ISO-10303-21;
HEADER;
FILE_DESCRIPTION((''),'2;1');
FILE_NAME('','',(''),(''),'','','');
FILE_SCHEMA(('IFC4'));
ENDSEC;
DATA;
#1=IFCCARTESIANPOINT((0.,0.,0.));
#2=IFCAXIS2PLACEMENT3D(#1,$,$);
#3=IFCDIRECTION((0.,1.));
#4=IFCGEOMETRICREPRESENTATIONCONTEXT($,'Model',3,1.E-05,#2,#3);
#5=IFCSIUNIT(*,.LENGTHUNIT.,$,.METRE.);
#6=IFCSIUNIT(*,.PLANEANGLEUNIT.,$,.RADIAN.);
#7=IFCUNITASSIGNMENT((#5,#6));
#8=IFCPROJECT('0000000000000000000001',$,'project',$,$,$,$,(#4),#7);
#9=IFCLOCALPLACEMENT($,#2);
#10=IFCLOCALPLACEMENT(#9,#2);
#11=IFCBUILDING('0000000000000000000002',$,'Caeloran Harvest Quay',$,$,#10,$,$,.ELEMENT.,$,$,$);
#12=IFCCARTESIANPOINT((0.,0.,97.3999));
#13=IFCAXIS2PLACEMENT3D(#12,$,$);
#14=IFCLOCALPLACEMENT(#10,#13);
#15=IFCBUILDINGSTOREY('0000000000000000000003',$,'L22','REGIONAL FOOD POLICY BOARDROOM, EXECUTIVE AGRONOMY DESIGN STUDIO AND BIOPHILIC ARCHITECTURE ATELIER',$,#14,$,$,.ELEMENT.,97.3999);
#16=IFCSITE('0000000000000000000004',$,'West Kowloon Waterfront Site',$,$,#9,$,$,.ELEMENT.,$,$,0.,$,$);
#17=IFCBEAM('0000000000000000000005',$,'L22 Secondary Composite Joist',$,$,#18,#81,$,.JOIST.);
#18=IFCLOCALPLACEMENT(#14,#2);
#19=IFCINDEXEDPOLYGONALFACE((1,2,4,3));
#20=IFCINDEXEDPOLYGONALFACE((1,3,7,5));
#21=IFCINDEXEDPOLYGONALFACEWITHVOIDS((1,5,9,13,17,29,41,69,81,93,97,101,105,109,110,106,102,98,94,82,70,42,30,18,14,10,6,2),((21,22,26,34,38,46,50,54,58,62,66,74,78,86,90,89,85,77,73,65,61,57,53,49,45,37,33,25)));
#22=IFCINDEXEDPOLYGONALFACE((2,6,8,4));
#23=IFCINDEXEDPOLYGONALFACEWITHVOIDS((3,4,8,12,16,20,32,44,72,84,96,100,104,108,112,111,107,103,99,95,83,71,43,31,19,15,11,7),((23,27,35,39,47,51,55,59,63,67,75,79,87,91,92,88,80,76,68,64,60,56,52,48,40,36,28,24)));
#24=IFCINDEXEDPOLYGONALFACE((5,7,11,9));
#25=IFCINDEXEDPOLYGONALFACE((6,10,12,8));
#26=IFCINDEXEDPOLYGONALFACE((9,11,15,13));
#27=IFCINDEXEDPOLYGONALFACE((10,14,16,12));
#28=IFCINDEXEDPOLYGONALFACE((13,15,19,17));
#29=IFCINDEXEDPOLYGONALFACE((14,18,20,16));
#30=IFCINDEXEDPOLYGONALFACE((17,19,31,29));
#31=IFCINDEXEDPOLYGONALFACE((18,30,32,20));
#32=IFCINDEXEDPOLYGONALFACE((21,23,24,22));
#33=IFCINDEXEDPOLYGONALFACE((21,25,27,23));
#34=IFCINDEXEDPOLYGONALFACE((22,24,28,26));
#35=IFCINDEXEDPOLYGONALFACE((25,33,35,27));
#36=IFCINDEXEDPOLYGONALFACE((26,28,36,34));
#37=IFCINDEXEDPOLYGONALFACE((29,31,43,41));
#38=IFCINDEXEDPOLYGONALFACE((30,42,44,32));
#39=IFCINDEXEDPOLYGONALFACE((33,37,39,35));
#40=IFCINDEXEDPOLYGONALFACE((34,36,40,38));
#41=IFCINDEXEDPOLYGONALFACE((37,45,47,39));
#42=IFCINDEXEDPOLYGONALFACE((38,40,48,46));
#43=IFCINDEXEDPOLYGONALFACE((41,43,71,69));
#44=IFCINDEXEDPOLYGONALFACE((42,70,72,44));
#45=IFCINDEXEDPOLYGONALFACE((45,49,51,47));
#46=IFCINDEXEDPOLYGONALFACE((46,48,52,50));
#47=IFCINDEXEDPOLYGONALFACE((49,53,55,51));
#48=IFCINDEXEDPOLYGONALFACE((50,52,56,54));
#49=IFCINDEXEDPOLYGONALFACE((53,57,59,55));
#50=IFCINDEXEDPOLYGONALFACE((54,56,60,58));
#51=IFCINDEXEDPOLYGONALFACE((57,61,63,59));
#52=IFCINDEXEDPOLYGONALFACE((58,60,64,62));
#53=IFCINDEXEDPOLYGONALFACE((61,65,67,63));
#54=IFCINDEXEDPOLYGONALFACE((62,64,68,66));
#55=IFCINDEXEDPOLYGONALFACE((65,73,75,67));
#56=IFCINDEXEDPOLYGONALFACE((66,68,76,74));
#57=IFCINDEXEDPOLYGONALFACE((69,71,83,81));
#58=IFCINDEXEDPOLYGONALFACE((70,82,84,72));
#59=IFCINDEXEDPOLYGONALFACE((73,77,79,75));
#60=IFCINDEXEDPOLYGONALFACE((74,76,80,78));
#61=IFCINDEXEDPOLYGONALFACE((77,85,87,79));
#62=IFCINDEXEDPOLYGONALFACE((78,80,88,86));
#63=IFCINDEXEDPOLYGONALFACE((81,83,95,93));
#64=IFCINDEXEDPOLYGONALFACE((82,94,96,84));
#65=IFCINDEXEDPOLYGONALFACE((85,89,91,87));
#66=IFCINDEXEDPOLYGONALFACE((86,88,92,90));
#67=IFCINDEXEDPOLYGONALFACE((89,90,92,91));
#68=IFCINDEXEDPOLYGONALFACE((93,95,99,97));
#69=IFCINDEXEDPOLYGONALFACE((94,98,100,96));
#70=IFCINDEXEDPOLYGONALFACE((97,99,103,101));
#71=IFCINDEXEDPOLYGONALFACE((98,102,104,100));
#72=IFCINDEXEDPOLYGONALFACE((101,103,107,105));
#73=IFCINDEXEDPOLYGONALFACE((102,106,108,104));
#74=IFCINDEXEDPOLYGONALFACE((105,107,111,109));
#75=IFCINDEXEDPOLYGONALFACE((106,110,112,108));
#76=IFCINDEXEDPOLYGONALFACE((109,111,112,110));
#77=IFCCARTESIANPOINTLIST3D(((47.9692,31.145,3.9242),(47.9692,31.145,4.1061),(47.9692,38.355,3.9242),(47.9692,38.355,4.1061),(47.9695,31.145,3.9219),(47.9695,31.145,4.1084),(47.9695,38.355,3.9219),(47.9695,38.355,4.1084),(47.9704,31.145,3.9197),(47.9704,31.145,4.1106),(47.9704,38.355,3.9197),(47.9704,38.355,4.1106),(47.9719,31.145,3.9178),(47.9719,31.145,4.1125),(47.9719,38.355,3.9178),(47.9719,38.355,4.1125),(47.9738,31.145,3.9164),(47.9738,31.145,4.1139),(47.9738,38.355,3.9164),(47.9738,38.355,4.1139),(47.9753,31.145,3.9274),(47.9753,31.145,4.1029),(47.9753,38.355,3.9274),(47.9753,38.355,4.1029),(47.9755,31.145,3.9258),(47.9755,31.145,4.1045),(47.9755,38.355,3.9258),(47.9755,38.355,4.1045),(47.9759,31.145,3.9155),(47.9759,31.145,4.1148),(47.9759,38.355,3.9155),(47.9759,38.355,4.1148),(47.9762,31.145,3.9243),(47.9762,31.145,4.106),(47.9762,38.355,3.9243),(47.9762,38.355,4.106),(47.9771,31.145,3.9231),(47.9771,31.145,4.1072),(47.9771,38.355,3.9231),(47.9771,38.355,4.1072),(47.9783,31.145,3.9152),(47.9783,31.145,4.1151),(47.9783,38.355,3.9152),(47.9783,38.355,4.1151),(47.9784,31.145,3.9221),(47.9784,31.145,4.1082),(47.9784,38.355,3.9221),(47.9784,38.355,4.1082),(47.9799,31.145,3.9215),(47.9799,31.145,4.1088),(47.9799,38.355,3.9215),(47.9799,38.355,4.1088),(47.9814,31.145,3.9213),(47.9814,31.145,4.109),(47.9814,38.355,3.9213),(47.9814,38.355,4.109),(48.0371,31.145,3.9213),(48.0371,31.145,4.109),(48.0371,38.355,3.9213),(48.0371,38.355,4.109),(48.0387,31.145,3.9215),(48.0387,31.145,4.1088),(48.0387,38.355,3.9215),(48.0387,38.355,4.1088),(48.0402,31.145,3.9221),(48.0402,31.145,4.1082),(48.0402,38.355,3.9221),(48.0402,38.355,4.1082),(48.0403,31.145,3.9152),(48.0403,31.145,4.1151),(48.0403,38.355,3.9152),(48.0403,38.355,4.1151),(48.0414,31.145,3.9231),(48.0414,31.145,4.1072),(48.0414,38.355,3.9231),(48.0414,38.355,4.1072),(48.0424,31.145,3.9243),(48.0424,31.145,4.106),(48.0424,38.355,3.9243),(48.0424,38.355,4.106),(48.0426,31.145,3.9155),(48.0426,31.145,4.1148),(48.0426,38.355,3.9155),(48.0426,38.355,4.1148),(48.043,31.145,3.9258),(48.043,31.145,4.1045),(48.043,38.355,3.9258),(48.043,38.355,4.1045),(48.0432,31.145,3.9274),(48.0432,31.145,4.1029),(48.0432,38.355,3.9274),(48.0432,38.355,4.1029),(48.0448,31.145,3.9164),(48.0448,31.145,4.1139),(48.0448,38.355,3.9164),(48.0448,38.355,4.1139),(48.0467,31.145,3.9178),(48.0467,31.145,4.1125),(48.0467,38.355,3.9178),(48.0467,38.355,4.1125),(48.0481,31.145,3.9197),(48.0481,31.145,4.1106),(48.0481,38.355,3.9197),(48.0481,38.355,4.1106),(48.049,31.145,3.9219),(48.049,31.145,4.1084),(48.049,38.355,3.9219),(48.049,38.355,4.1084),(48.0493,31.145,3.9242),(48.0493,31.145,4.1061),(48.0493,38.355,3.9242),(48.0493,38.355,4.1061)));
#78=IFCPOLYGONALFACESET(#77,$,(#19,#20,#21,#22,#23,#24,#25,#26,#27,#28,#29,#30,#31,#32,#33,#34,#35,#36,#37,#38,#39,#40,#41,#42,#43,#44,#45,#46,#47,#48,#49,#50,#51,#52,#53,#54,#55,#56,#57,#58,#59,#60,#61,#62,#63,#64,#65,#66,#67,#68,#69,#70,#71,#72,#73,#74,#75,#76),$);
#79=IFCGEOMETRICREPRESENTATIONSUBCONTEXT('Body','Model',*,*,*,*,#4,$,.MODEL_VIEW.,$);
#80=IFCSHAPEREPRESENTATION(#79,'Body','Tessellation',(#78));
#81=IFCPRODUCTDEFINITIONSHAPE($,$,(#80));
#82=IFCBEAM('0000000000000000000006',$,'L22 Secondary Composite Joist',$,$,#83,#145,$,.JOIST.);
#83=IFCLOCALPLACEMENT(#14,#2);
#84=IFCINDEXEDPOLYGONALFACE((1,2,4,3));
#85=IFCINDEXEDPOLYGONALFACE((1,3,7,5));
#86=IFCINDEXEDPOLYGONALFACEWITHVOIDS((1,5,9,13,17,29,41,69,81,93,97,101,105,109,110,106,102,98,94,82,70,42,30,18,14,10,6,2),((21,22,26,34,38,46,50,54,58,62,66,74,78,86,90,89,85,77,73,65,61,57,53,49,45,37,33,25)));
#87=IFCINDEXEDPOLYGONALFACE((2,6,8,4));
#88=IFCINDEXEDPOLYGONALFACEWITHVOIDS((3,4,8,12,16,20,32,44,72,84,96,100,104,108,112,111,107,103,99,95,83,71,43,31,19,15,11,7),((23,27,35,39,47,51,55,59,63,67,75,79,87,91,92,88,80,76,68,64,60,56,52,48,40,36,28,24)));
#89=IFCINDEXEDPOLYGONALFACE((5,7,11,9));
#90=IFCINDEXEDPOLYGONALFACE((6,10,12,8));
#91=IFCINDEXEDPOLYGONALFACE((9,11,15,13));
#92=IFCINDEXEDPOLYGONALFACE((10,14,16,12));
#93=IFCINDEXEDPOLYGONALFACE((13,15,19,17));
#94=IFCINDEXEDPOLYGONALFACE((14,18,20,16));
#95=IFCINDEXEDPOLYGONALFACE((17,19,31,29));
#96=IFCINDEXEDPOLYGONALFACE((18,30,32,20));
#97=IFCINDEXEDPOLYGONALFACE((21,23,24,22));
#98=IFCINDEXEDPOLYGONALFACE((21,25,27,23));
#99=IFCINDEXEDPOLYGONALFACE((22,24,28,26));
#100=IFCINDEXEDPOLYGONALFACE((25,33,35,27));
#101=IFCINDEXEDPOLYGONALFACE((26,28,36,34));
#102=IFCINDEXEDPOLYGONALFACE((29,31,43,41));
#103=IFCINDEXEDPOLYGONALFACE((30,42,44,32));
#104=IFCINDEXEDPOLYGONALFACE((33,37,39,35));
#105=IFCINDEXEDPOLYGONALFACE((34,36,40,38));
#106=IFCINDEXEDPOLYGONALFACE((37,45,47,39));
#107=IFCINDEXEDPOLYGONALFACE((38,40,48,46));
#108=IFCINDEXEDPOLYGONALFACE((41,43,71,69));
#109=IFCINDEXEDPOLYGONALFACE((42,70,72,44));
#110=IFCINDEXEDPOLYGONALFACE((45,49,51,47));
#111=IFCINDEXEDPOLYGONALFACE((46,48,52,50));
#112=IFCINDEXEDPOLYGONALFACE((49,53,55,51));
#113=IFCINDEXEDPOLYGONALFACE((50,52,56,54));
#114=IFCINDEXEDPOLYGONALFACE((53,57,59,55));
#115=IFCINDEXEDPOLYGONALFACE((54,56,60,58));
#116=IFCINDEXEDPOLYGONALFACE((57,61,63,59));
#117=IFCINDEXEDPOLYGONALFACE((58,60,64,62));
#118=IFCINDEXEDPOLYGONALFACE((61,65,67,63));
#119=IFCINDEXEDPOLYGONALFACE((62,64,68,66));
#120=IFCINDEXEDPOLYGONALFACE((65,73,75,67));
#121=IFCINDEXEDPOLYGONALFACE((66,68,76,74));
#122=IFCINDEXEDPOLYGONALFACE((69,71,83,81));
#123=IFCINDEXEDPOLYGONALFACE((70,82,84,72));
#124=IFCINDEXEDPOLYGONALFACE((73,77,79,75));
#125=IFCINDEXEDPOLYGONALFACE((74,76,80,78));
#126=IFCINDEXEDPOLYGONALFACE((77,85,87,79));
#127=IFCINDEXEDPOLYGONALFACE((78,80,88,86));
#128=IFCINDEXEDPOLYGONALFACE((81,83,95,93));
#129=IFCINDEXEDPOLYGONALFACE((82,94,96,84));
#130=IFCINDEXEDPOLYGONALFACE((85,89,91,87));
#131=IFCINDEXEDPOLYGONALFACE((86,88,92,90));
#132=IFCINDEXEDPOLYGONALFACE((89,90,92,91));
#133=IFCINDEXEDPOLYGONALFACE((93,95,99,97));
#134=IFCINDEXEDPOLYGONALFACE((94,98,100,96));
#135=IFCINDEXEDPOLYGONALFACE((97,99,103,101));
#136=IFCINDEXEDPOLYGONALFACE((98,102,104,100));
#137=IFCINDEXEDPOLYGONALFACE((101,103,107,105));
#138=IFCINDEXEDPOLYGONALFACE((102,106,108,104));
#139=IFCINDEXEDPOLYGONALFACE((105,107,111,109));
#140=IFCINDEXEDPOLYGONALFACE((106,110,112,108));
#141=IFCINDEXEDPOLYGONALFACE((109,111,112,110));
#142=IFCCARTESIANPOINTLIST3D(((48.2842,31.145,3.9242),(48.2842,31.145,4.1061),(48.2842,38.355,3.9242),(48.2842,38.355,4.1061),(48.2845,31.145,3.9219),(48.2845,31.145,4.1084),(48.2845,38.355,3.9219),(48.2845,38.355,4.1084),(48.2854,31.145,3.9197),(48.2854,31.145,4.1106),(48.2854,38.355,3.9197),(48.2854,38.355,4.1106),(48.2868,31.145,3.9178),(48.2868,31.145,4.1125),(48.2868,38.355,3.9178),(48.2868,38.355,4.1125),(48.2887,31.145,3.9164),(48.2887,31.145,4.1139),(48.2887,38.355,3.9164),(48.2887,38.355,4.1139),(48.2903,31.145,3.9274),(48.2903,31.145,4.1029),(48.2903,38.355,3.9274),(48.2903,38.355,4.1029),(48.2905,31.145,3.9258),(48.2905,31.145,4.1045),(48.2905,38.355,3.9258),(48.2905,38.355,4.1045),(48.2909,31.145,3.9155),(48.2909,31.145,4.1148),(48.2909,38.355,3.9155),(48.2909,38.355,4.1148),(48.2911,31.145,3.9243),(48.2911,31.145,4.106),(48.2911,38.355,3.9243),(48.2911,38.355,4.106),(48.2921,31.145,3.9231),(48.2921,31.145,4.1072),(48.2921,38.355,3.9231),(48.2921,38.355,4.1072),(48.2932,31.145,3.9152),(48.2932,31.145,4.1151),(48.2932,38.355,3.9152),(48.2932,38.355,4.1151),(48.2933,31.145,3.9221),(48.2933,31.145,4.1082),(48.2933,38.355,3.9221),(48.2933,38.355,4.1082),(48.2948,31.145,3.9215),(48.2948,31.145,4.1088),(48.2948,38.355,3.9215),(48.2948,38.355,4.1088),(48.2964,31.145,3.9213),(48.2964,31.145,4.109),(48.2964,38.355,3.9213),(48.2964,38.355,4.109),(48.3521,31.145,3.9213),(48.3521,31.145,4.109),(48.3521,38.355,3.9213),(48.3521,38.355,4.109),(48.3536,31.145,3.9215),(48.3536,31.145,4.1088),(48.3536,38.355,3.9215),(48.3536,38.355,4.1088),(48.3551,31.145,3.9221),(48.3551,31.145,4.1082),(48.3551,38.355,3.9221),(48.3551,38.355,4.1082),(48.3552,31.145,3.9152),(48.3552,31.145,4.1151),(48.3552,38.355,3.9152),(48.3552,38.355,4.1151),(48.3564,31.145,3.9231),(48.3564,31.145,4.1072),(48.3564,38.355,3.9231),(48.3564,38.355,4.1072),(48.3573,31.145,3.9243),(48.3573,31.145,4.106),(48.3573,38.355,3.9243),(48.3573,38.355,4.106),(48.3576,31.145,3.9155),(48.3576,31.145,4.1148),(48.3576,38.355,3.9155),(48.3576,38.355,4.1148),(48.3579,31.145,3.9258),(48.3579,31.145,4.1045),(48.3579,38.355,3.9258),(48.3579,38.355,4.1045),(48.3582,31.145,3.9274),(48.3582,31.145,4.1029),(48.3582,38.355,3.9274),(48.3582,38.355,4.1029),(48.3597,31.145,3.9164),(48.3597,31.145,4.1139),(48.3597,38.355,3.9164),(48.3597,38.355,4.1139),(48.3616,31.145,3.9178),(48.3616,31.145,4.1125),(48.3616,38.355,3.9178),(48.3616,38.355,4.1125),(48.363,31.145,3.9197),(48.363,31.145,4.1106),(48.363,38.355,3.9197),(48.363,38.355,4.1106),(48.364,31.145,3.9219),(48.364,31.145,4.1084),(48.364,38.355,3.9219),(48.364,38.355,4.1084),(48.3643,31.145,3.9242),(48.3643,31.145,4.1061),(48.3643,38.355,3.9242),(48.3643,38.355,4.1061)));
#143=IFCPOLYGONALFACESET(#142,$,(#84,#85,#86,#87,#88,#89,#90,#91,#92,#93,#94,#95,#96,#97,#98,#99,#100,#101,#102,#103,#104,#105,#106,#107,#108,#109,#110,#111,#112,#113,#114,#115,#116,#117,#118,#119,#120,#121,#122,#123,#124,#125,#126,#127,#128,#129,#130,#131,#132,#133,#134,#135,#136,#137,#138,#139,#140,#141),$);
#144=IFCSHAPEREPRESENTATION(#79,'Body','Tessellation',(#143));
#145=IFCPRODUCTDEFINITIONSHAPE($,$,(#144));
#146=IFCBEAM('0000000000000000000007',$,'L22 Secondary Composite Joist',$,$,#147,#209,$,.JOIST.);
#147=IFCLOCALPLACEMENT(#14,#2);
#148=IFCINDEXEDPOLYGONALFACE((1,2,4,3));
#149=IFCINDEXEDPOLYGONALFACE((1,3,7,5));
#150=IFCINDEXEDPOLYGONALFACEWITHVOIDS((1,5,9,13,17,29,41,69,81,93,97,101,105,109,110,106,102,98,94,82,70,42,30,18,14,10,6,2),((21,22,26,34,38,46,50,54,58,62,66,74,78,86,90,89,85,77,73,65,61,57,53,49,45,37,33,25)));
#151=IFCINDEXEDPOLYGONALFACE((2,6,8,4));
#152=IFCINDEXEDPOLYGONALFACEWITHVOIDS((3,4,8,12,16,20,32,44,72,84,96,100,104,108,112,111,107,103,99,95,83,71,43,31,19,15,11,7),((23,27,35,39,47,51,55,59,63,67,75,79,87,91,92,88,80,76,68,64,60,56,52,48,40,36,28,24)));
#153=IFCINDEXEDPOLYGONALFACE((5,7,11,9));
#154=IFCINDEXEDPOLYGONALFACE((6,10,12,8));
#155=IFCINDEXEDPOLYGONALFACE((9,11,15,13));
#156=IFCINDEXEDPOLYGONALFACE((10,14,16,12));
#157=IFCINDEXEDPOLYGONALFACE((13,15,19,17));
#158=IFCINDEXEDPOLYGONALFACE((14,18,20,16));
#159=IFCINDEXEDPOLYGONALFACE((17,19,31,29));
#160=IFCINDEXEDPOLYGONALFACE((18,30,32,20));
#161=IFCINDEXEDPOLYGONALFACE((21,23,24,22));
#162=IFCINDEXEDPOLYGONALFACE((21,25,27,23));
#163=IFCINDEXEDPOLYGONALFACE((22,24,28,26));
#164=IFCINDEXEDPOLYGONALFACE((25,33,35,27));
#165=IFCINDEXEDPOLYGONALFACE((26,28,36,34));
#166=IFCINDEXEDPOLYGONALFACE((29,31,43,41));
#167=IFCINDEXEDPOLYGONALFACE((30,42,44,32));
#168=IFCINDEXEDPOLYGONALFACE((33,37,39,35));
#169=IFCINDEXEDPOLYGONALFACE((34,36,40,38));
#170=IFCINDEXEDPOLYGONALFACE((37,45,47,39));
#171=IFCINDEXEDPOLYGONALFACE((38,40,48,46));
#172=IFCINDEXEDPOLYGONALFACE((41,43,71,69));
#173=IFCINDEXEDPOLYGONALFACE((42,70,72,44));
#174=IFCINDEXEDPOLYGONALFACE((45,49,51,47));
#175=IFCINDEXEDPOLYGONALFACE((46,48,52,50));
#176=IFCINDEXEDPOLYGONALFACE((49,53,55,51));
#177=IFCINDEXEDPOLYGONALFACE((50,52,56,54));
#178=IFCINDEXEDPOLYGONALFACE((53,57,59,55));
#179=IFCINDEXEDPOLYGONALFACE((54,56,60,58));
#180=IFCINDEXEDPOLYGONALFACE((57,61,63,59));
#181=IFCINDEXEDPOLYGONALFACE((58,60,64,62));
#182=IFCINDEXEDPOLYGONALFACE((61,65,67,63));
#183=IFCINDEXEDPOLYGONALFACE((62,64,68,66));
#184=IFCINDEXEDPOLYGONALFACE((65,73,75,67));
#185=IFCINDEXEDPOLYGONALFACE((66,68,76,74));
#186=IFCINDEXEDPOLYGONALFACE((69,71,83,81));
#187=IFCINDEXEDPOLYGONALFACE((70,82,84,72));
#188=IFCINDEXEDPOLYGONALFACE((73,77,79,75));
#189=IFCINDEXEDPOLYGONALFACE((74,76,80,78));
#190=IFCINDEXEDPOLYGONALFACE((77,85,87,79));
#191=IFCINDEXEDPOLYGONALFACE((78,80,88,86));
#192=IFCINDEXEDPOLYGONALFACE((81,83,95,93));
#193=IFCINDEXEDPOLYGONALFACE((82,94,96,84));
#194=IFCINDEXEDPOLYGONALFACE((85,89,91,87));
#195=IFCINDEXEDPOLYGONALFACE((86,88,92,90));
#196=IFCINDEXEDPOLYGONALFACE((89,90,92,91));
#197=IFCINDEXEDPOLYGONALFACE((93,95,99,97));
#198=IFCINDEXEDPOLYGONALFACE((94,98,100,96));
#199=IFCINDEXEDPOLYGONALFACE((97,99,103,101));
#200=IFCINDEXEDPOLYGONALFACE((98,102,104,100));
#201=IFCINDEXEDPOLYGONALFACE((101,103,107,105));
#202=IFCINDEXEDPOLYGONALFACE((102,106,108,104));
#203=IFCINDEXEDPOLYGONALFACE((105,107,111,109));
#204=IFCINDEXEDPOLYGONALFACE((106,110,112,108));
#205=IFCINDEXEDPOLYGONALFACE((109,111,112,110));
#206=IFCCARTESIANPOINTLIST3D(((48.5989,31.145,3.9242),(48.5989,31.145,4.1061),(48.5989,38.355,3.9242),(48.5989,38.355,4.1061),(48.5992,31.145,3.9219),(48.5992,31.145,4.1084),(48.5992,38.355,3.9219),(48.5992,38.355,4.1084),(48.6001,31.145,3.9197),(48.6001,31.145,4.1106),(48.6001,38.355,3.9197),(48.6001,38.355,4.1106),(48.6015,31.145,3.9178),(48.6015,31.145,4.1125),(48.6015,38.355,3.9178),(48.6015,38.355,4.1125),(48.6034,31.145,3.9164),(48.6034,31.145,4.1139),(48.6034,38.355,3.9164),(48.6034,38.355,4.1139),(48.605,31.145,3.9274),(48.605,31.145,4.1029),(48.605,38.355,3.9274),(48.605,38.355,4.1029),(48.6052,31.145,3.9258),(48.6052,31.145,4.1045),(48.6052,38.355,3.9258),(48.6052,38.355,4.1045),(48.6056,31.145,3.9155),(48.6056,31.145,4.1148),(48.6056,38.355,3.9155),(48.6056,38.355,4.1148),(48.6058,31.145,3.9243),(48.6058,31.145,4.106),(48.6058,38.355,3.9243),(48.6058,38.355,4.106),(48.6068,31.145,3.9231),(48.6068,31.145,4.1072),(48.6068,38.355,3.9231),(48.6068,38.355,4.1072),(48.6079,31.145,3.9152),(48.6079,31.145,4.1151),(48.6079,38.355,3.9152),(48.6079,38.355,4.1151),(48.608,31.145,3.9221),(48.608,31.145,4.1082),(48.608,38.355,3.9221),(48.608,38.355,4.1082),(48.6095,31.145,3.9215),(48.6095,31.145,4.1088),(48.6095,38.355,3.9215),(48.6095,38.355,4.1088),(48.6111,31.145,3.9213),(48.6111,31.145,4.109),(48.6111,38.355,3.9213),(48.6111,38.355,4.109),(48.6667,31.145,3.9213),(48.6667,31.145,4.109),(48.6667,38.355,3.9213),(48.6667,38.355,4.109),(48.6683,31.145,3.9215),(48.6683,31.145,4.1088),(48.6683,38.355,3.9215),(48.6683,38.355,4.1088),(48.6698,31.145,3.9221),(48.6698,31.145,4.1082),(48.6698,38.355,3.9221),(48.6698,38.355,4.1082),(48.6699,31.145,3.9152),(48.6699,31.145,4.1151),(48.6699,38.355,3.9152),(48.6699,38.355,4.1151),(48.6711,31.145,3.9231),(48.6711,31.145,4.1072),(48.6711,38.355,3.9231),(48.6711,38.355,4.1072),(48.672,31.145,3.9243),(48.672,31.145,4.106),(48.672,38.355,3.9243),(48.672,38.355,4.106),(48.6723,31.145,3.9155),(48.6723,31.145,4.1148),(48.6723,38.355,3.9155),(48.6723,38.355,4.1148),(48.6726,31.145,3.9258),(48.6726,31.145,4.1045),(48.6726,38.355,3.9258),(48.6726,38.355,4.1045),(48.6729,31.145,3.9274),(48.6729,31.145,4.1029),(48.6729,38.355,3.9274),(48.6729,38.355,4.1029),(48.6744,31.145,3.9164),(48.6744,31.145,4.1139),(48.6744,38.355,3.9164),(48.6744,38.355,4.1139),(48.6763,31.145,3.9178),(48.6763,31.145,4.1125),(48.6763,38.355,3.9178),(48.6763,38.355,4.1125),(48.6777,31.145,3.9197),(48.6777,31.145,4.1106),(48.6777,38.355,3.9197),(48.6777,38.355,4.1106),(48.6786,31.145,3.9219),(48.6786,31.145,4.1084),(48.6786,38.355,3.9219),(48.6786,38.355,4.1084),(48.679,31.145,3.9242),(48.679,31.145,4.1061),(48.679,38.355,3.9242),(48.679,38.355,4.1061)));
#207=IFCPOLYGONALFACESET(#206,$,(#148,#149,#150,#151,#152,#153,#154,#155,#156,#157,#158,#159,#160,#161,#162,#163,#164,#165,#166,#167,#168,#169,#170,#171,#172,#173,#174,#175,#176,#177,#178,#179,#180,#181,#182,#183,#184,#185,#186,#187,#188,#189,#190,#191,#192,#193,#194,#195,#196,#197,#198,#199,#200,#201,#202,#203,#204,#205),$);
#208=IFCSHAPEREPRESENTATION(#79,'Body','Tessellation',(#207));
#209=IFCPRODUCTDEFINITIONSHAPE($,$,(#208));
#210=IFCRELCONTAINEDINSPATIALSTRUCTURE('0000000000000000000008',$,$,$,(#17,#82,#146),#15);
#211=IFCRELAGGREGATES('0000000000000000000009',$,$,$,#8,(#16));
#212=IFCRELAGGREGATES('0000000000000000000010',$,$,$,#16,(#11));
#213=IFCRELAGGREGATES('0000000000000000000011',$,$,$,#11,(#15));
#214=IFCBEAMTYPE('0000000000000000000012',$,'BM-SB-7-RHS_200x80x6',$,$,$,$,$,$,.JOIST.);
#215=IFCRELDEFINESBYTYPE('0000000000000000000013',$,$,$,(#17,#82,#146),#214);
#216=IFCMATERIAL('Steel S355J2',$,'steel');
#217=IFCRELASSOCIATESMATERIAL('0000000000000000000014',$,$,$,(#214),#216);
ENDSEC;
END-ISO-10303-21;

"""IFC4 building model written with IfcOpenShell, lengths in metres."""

from ifc_helpers import new_model, si_unit, direction, frame, origin, origin_2d, place, context, subcontext, project, spatial, hollow_rectangle, extrude, material, material_profile, profile_set, type_object, element, save


model = new_model("IFC4")

# Units and contexts
model_context = context("Model", 3, precision=1e-05, world=origin(), true_north=direction((0.0, 1.0)))
body_context = subcontext(model_context, "Body", "Model", "MODEL_VIEW")
ifc_project = project(units=[si_unit("LENGTHUNIT", "METRE"), si_unit("PLANEANGLEUNIT", "RADIAN")], contexts=[model_context])

# Site, building, storey
site_placement = place(None, origin())
site = spatial("IfcSite", under=ifc_project, at=site_placement, Name="West Kowloon Waterfront Site", CompositionType="ELEMENT", RefElevation=0.0)
building_placement = place(site_placement, origin())
building = spatial("IfcBuilding", under=site, at=building_placement, Name="Caeloran Harvest Quay", CompositionType="ELEMENT")
storey_placement = place(building_placement, frame((0.0, 0.0, 97.3999)))
storey = spatial("IfcBuildingStorey", under=building, at=storey_placement, Name="L22", Description="REGIONAL FOOD POLICY BOARDROOM, EXECUTIVE AGRONOMY DESIGN STUDIO AND BIOPHILIC ARCHITECTURE ATELIER", CompositionType="ELEMENT", Elevation=97.3999)

# Beams
ifc_material_1 = material(Name="Steel S355J2", Category="steel")
ifc_material_profile_1 = material_profile(ifc_material_1, hollow_rectangle(XDim=0.0801, YDim=0.2, WallThickness=0.0061, InnerFilletRadius=0.0061, OuterFilletRadius=0.009, at=origin_2d()), Name="RHS 200x80x6")
ifc_profile_set_1 = profile_set([ifc_material_profile_1], Name="Steel S355J2")
beam_type_1 = type_object("IfcBeamType", Name="BM-SB-7-RHS_200x80x6", PredefinedType="JOIST", material=ifc_profile_set_1)
for number, where, z_axis, x_axis, name in (
    (1, (48.0093, 31.145, 4.0151), (0.0, 1.0, 0.0), (-1.0, 0.0, 0.0), "L22 Secondary Composite Joist"),
    (2, (48.3242, 31.145, 4.0151), (0.0, 1.0, 0.0), (-1.0, 0.0, 0.0), "L22 Secondary Composite Joist"),
    (3, (48.6389, 31.145, 4.0151), (0.0, 1.0, 0.0), (-1.0, 0.0, 0.0), "L22 Secondary Composite Joist"),
):
    element("IfcBeam", number, at=place(storey_placement, frame(where, z_axis=z_axis, x_axis=x_axis)), inside=storey, type_object=beam_type_1, Name=name, PredefinedType="JOIST", context=body_context, shape_type="SweptSolid", body=[
        extrude(hollow_rectangle(XDim=0.0801, YDim=0.2, WallThickness=0.0061, InnerFilletRadius=0.0061, OuterFilletRadius=0.009, at=origin_2d()), origin(), (0.0, 0.0, 1.0), 7.21),
    ])

save(model, "model.ifc")
